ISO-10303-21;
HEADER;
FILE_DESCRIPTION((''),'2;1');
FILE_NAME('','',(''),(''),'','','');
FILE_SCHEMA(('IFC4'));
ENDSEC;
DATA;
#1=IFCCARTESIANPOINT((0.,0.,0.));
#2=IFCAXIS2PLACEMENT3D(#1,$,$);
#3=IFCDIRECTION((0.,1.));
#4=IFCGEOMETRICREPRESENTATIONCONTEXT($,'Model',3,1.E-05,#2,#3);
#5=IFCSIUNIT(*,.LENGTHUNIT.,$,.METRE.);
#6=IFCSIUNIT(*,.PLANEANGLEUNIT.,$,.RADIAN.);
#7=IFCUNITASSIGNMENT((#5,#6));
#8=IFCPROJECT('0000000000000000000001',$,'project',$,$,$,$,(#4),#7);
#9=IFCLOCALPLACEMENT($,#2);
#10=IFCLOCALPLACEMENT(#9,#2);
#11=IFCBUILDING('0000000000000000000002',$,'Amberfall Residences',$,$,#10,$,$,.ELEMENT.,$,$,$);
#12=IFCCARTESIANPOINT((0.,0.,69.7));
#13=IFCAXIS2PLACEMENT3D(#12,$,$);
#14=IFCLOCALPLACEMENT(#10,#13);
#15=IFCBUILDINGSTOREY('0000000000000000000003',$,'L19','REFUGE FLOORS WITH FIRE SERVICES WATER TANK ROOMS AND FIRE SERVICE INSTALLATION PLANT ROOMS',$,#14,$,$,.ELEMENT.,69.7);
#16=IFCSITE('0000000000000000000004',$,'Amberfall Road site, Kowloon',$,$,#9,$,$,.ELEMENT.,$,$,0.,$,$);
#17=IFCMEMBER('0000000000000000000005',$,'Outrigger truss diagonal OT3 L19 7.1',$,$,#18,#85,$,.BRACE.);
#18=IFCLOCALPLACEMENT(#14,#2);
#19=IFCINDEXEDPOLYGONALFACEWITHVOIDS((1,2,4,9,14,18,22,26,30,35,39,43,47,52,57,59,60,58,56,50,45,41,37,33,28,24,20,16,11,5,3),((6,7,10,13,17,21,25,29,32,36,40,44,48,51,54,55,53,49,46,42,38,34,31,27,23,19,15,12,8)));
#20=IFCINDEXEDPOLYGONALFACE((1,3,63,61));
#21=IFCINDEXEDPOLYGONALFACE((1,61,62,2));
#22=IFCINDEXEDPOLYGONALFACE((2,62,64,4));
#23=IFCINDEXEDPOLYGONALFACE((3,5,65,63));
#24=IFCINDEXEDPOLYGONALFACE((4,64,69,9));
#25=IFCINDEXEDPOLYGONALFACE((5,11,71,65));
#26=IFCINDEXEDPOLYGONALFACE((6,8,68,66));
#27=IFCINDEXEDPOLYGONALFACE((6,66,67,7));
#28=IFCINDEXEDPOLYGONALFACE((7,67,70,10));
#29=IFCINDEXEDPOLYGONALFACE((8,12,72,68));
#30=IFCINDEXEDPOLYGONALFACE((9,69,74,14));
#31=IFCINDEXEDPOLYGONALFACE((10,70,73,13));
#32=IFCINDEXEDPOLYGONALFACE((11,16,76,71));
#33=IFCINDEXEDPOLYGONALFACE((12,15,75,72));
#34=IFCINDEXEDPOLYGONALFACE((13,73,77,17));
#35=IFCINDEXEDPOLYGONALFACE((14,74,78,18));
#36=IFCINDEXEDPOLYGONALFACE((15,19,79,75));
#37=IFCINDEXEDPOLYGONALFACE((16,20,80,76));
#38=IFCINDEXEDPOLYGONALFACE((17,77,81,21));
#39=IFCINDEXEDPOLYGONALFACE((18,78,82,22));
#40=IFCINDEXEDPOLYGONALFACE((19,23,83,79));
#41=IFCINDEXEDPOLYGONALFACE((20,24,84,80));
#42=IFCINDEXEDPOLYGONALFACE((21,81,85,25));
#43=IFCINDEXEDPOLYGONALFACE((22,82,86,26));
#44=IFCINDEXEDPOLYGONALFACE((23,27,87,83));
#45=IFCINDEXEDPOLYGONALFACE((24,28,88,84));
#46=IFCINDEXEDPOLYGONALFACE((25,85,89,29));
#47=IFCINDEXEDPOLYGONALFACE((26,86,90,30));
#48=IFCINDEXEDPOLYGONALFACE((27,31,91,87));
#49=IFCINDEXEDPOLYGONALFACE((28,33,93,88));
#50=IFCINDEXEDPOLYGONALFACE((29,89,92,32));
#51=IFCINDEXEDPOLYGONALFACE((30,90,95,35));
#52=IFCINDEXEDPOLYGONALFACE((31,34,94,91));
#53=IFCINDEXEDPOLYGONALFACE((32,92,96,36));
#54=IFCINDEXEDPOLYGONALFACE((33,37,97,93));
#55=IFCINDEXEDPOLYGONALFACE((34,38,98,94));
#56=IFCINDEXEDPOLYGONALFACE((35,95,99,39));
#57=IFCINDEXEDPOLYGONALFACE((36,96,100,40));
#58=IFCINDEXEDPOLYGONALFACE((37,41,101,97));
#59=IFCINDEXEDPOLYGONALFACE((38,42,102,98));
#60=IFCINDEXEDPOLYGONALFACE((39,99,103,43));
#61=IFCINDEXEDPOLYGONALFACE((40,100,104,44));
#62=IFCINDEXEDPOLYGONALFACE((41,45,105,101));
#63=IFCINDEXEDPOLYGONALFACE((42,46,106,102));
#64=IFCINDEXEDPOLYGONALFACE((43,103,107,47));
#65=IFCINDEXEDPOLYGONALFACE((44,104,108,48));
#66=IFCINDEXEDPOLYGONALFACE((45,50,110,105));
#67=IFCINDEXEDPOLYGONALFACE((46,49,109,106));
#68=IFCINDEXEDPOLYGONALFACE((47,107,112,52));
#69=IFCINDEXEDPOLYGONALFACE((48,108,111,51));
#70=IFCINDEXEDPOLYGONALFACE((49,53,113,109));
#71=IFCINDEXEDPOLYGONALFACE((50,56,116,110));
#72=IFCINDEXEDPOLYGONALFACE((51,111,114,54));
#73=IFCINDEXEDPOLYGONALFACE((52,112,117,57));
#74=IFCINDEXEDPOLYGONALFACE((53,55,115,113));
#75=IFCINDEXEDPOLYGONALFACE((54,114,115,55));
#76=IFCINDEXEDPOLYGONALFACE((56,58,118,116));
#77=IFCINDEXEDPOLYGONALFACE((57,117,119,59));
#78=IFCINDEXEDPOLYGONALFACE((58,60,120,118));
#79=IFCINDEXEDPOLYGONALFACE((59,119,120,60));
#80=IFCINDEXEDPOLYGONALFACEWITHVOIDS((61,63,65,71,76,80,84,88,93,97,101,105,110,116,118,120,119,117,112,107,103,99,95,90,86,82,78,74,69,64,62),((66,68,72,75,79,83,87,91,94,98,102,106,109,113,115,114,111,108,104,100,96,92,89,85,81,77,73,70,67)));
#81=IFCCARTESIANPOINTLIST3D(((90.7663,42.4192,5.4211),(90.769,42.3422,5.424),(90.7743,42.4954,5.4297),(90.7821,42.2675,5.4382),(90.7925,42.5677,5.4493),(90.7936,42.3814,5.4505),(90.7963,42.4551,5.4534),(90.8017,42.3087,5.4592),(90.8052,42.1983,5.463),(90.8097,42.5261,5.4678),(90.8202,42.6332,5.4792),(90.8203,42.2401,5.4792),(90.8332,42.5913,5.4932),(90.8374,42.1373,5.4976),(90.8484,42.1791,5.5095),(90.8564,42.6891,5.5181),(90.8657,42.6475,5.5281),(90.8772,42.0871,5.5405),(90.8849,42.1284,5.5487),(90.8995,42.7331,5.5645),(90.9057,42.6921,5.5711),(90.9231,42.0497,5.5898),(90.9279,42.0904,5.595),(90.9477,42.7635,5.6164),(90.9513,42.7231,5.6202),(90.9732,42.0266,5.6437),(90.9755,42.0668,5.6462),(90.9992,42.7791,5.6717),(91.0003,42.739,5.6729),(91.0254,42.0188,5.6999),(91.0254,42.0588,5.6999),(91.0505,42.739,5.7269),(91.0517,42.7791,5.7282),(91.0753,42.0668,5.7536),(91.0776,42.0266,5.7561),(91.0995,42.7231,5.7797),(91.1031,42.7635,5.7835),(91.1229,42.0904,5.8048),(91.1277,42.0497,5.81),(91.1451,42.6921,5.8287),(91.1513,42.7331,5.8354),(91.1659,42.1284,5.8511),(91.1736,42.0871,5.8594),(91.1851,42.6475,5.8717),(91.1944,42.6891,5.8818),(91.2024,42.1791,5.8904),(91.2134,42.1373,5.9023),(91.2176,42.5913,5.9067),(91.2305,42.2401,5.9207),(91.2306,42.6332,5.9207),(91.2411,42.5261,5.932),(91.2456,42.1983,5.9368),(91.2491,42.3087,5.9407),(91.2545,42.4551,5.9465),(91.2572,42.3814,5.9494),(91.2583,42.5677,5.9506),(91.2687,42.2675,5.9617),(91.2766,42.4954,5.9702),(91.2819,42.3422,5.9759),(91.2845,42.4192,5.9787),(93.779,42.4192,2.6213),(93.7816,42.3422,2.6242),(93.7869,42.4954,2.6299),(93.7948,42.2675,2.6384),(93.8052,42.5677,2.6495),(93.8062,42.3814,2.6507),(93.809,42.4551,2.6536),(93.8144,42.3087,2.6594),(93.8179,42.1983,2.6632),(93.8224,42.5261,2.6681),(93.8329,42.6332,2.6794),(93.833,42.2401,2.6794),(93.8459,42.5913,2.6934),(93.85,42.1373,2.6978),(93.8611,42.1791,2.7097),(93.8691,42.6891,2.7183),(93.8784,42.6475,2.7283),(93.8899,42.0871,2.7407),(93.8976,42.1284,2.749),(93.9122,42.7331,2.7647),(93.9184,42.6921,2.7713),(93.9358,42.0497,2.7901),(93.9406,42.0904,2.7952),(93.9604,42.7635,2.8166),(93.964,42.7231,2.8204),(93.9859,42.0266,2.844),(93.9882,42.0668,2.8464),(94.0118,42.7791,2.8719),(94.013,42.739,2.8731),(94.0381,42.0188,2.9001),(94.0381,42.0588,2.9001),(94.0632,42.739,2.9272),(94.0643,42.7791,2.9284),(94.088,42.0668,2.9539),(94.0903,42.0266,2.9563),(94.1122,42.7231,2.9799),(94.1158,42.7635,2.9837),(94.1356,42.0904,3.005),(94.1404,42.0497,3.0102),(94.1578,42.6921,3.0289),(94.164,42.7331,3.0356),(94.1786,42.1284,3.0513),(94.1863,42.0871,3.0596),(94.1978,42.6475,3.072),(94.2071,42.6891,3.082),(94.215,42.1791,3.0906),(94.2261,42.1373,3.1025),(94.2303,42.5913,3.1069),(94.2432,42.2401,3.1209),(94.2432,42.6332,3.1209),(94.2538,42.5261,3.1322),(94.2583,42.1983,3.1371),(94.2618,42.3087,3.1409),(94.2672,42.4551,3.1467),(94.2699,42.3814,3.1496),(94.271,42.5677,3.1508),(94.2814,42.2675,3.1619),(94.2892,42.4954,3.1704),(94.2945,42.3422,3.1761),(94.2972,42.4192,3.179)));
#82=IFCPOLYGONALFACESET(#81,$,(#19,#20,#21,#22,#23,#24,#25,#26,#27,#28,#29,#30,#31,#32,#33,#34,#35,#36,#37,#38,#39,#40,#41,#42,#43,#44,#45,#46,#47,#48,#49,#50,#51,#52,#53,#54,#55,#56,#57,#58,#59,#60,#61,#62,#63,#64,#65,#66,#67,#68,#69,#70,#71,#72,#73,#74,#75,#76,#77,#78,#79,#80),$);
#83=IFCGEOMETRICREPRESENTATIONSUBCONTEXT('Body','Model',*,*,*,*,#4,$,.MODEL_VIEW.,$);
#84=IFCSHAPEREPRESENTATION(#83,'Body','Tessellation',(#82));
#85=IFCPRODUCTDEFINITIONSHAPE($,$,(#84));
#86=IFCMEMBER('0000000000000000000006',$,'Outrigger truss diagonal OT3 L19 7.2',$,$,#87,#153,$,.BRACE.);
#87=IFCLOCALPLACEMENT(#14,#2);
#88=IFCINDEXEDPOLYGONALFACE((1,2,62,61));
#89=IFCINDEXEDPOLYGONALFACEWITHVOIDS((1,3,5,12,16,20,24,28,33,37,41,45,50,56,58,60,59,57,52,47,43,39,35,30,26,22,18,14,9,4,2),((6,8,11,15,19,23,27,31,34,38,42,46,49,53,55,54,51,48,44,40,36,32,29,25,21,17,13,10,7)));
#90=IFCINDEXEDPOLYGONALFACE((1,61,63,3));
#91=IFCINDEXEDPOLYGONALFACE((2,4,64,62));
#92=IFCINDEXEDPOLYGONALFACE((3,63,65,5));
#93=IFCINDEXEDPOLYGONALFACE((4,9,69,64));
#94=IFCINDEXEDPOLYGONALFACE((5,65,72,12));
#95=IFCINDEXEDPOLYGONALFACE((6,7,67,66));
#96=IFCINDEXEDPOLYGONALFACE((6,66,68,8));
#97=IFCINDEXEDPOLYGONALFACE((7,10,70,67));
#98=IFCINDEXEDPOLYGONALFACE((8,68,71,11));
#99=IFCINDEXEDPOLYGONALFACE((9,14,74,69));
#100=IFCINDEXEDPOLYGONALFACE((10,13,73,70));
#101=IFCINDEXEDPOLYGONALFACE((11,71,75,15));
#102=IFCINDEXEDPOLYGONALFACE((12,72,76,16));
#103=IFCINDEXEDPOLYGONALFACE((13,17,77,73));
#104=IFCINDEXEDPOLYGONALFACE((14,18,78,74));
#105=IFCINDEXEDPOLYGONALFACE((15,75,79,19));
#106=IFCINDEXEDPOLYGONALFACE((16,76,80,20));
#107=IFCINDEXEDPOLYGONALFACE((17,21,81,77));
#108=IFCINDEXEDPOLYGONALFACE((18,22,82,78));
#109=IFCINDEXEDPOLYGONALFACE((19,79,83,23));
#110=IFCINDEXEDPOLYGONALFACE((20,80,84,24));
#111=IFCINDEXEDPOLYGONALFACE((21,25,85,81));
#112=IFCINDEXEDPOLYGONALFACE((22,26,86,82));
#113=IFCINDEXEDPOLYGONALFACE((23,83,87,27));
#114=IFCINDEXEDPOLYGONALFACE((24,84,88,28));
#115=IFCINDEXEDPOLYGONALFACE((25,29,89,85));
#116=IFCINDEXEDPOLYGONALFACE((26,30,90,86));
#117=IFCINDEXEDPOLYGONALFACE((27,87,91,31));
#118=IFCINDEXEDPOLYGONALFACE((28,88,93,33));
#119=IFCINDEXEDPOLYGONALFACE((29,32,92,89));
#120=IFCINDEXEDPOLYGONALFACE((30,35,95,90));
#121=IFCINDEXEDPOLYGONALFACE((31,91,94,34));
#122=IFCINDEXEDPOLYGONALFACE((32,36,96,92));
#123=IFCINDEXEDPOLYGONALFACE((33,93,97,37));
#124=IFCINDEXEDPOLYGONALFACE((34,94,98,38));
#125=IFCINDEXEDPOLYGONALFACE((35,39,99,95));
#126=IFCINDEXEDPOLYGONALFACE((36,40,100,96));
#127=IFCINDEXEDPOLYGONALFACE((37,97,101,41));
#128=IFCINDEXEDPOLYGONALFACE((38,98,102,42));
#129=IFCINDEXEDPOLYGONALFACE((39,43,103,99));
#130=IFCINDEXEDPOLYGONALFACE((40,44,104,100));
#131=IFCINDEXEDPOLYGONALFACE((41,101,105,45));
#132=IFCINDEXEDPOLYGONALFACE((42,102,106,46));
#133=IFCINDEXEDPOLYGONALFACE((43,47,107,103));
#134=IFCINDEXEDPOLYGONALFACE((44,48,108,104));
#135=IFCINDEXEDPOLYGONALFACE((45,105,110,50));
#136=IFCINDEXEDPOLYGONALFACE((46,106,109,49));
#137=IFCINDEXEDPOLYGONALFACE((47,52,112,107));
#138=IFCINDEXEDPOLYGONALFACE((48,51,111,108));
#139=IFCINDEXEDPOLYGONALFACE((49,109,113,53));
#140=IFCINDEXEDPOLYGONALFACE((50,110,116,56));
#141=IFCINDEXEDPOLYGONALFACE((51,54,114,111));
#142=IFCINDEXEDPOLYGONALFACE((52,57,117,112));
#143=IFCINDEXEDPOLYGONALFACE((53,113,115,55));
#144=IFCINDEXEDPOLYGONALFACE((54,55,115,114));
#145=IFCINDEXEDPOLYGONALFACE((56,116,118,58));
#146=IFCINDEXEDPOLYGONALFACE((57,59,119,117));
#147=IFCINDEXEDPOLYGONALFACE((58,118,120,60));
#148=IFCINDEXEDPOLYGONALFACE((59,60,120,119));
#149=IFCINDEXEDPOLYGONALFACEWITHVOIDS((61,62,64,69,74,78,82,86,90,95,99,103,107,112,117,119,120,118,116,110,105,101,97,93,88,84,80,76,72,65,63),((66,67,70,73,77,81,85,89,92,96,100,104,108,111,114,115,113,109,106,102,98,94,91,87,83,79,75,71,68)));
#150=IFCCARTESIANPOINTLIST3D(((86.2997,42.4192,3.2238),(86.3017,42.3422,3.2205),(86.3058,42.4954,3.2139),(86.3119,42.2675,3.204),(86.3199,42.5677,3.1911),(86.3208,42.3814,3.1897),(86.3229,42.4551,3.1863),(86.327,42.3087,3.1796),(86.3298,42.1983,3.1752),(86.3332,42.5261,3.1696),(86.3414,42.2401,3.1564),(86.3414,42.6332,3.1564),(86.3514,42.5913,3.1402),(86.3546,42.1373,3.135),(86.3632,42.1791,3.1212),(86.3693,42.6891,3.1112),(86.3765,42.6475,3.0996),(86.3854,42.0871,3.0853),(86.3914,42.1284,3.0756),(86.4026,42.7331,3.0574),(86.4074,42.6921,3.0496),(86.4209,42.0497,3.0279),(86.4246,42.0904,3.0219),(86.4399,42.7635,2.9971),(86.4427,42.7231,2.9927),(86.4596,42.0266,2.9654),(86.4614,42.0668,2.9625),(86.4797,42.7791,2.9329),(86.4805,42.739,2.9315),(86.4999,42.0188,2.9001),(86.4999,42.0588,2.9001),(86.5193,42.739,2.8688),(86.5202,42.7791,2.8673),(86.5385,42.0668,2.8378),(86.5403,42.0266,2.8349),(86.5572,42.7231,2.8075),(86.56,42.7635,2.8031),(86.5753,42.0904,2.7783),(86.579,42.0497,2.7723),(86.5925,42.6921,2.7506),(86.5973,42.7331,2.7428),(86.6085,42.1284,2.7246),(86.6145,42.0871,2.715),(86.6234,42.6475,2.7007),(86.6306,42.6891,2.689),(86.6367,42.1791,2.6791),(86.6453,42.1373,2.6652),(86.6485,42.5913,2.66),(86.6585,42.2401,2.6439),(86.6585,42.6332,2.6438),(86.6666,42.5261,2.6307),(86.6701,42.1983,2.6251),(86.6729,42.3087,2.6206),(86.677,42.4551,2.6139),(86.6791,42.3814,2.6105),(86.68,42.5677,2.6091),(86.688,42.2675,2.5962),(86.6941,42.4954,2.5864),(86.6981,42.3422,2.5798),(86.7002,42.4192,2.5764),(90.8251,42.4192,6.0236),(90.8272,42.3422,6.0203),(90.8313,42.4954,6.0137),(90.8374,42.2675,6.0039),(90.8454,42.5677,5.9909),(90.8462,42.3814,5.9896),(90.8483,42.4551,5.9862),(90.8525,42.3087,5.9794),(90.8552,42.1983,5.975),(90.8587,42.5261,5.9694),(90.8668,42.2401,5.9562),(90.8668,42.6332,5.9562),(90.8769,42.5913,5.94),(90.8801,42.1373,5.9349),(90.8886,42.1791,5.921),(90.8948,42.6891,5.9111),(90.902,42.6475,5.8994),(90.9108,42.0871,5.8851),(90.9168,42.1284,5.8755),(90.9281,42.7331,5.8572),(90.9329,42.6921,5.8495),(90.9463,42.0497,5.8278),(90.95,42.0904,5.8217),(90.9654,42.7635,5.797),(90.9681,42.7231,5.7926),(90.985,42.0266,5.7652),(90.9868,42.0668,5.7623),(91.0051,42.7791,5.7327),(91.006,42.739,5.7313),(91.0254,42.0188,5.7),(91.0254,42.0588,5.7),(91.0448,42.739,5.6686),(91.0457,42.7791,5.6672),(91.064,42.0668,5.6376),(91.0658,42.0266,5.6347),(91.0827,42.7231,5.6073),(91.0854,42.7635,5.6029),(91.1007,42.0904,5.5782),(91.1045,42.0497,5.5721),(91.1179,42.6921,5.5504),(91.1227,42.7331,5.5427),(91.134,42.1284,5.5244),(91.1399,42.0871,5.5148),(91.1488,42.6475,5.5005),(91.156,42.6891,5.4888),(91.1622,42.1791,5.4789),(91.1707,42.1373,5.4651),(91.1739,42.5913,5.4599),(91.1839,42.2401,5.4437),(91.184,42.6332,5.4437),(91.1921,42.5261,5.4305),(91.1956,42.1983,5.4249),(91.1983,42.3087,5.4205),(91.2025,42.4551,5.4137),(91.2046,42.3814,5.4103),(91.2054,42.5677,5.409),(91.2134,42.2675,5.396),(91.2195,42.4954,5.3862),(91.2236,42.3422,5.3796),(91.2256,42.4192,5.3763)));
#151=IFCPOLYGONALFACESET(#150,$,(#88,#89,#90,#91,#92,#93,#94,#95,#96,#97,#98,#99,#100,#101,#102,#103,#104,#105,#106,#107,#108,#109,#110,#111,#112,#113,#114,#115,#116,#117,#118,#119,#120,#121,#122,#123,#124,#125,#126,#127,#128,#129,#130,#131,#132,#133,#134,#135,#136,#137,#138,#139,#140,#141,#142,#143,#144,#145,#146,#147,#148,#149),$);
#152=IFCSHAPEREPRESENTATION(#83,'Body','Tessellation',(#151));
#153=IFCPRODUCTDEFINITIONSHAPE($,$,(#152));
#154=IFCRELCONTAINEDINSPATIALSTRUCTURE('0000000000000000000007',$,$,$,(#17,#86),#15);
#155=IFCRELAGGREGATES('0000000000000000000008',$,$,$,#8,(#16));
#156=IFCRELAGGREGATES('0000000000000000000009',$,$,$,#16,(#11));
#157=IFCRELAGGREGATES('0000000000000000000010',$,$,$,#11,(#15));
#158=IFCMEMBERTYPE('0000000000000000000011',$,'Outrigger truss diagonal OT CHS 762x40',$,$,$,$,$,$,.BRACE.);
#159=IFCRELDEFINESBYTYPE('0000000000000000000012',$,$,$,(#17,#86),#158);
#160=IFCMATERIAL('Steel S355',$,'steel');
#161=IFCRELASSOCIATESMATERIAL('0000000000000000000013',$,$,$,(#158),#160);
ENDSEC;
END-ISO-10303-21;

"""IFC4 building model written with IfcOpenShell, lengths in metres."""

from ifc_helpers import new_model, si_unit, direction, frame, origin, origin_2d, place, context, subcontext, project, spatial, hollow_circle, extrude, material, material_profile, profile_set, type_object, element, save


model = new_model("IFC4")

# Units and contexts
model_context = context("Model", 3, precision=1e-05, world=origin(), true_north=direction((0.0, 1.0)))
body_context = subcontext(model_context, "Body", "Model", "MODEL_VIEW")
ifc_project = project(units=[si_unit("LENGTHUNIT", "METRE"), si_unit("PLANEANGLEUNIT", "RADIAN")], contexts=[model_context])

# Site, building, storey
site_placement = place(None, origin())
site = spatial("IfcSite", under=ifc_project, at=site_placement, Name="Amberfall Road site, Kowloon", CompositionType="ELEMENT", RefElevation=0.0)
building_placement = place(site_placement, origin())
building = spatial("IfcBuilding", under=site, at=building_placement, Name="Amberfall Residences", CompositionType="ELEMENT")
storey_placement = place(building_placement, frame((0.0, 0.0, 69.7)))
storey = spatial("IfcBuildingStorey", under=building, at=storey_placement, Name="L19", Description="REFUGE FLOORS WITH FIRE SERVICES WATER TANK ROOMS AND FIRE SERVICE INSTALLATION PLANT ROOMS", CompositionType="ELEMENT", Elevation=69.7)

# Shared definitions
ifc_material_1 = material(Name="Steel S355", Category="steel")

# Members
ifc_material_profile_1 = material_profile(ifc_material_1, hollow_circle(Radius=0.3811, WallThickness=0.04, at=origin_2d()), Name="CHS 762x40")
ifc_profile_set_1 = profile_set([ifc_material_profile_1], Name="Steel S355")
member_type_1 = type_object("IfcMemberType", Name="Outrigger truss diagonal OT CHS 762x40", PredefinedType="BRACE", material=ifc_profile_set_1)
member_1_placement = place(storey_placement, frame((94.0381, 42.3999, 2.9001), z_axis=(-0.732514, 0.0, 0.680752), x_axis=(0.0, -1.0, 0.0)))
element("IfcMember", 1, at=member_1_placement, inside=storey, type_object=member_type_1, Name="Outrigger truss diagonal OT3 L19 7.1", PredefinedType="BRACE", context=body_context, shape_type="SweptSolid", body=[
    extrude(hollow_circle(Radius=0.3811, WallThickness=0.04, at=origin_2d()), origin(), (0.0, 0.0, 1.0), 4.1128),
])
member_2_placement = place(storey_placement, frame((91.0254, 42.3999, 5.7), z_axis=(-0.850402, 0.0, -0.526133), x_axis=(0.0, -1.0, 0.0)))
element("IfcMember", 2, at=member_2_placement, inside=storey, type_object=member_type_1, Name="Outrigger truss diagonal OT3 L19 7.2", PredefinedType="BRACE", context=body_context, shape_type="SweptSolid", body=[
    extrude(hollow_circle(Radius=0.3811, WallThickness=0.04, at=origin_2d()), origin(), (0.0, 0.0, 1.0), 5.3215),
])

save(model, "model.ifc")
